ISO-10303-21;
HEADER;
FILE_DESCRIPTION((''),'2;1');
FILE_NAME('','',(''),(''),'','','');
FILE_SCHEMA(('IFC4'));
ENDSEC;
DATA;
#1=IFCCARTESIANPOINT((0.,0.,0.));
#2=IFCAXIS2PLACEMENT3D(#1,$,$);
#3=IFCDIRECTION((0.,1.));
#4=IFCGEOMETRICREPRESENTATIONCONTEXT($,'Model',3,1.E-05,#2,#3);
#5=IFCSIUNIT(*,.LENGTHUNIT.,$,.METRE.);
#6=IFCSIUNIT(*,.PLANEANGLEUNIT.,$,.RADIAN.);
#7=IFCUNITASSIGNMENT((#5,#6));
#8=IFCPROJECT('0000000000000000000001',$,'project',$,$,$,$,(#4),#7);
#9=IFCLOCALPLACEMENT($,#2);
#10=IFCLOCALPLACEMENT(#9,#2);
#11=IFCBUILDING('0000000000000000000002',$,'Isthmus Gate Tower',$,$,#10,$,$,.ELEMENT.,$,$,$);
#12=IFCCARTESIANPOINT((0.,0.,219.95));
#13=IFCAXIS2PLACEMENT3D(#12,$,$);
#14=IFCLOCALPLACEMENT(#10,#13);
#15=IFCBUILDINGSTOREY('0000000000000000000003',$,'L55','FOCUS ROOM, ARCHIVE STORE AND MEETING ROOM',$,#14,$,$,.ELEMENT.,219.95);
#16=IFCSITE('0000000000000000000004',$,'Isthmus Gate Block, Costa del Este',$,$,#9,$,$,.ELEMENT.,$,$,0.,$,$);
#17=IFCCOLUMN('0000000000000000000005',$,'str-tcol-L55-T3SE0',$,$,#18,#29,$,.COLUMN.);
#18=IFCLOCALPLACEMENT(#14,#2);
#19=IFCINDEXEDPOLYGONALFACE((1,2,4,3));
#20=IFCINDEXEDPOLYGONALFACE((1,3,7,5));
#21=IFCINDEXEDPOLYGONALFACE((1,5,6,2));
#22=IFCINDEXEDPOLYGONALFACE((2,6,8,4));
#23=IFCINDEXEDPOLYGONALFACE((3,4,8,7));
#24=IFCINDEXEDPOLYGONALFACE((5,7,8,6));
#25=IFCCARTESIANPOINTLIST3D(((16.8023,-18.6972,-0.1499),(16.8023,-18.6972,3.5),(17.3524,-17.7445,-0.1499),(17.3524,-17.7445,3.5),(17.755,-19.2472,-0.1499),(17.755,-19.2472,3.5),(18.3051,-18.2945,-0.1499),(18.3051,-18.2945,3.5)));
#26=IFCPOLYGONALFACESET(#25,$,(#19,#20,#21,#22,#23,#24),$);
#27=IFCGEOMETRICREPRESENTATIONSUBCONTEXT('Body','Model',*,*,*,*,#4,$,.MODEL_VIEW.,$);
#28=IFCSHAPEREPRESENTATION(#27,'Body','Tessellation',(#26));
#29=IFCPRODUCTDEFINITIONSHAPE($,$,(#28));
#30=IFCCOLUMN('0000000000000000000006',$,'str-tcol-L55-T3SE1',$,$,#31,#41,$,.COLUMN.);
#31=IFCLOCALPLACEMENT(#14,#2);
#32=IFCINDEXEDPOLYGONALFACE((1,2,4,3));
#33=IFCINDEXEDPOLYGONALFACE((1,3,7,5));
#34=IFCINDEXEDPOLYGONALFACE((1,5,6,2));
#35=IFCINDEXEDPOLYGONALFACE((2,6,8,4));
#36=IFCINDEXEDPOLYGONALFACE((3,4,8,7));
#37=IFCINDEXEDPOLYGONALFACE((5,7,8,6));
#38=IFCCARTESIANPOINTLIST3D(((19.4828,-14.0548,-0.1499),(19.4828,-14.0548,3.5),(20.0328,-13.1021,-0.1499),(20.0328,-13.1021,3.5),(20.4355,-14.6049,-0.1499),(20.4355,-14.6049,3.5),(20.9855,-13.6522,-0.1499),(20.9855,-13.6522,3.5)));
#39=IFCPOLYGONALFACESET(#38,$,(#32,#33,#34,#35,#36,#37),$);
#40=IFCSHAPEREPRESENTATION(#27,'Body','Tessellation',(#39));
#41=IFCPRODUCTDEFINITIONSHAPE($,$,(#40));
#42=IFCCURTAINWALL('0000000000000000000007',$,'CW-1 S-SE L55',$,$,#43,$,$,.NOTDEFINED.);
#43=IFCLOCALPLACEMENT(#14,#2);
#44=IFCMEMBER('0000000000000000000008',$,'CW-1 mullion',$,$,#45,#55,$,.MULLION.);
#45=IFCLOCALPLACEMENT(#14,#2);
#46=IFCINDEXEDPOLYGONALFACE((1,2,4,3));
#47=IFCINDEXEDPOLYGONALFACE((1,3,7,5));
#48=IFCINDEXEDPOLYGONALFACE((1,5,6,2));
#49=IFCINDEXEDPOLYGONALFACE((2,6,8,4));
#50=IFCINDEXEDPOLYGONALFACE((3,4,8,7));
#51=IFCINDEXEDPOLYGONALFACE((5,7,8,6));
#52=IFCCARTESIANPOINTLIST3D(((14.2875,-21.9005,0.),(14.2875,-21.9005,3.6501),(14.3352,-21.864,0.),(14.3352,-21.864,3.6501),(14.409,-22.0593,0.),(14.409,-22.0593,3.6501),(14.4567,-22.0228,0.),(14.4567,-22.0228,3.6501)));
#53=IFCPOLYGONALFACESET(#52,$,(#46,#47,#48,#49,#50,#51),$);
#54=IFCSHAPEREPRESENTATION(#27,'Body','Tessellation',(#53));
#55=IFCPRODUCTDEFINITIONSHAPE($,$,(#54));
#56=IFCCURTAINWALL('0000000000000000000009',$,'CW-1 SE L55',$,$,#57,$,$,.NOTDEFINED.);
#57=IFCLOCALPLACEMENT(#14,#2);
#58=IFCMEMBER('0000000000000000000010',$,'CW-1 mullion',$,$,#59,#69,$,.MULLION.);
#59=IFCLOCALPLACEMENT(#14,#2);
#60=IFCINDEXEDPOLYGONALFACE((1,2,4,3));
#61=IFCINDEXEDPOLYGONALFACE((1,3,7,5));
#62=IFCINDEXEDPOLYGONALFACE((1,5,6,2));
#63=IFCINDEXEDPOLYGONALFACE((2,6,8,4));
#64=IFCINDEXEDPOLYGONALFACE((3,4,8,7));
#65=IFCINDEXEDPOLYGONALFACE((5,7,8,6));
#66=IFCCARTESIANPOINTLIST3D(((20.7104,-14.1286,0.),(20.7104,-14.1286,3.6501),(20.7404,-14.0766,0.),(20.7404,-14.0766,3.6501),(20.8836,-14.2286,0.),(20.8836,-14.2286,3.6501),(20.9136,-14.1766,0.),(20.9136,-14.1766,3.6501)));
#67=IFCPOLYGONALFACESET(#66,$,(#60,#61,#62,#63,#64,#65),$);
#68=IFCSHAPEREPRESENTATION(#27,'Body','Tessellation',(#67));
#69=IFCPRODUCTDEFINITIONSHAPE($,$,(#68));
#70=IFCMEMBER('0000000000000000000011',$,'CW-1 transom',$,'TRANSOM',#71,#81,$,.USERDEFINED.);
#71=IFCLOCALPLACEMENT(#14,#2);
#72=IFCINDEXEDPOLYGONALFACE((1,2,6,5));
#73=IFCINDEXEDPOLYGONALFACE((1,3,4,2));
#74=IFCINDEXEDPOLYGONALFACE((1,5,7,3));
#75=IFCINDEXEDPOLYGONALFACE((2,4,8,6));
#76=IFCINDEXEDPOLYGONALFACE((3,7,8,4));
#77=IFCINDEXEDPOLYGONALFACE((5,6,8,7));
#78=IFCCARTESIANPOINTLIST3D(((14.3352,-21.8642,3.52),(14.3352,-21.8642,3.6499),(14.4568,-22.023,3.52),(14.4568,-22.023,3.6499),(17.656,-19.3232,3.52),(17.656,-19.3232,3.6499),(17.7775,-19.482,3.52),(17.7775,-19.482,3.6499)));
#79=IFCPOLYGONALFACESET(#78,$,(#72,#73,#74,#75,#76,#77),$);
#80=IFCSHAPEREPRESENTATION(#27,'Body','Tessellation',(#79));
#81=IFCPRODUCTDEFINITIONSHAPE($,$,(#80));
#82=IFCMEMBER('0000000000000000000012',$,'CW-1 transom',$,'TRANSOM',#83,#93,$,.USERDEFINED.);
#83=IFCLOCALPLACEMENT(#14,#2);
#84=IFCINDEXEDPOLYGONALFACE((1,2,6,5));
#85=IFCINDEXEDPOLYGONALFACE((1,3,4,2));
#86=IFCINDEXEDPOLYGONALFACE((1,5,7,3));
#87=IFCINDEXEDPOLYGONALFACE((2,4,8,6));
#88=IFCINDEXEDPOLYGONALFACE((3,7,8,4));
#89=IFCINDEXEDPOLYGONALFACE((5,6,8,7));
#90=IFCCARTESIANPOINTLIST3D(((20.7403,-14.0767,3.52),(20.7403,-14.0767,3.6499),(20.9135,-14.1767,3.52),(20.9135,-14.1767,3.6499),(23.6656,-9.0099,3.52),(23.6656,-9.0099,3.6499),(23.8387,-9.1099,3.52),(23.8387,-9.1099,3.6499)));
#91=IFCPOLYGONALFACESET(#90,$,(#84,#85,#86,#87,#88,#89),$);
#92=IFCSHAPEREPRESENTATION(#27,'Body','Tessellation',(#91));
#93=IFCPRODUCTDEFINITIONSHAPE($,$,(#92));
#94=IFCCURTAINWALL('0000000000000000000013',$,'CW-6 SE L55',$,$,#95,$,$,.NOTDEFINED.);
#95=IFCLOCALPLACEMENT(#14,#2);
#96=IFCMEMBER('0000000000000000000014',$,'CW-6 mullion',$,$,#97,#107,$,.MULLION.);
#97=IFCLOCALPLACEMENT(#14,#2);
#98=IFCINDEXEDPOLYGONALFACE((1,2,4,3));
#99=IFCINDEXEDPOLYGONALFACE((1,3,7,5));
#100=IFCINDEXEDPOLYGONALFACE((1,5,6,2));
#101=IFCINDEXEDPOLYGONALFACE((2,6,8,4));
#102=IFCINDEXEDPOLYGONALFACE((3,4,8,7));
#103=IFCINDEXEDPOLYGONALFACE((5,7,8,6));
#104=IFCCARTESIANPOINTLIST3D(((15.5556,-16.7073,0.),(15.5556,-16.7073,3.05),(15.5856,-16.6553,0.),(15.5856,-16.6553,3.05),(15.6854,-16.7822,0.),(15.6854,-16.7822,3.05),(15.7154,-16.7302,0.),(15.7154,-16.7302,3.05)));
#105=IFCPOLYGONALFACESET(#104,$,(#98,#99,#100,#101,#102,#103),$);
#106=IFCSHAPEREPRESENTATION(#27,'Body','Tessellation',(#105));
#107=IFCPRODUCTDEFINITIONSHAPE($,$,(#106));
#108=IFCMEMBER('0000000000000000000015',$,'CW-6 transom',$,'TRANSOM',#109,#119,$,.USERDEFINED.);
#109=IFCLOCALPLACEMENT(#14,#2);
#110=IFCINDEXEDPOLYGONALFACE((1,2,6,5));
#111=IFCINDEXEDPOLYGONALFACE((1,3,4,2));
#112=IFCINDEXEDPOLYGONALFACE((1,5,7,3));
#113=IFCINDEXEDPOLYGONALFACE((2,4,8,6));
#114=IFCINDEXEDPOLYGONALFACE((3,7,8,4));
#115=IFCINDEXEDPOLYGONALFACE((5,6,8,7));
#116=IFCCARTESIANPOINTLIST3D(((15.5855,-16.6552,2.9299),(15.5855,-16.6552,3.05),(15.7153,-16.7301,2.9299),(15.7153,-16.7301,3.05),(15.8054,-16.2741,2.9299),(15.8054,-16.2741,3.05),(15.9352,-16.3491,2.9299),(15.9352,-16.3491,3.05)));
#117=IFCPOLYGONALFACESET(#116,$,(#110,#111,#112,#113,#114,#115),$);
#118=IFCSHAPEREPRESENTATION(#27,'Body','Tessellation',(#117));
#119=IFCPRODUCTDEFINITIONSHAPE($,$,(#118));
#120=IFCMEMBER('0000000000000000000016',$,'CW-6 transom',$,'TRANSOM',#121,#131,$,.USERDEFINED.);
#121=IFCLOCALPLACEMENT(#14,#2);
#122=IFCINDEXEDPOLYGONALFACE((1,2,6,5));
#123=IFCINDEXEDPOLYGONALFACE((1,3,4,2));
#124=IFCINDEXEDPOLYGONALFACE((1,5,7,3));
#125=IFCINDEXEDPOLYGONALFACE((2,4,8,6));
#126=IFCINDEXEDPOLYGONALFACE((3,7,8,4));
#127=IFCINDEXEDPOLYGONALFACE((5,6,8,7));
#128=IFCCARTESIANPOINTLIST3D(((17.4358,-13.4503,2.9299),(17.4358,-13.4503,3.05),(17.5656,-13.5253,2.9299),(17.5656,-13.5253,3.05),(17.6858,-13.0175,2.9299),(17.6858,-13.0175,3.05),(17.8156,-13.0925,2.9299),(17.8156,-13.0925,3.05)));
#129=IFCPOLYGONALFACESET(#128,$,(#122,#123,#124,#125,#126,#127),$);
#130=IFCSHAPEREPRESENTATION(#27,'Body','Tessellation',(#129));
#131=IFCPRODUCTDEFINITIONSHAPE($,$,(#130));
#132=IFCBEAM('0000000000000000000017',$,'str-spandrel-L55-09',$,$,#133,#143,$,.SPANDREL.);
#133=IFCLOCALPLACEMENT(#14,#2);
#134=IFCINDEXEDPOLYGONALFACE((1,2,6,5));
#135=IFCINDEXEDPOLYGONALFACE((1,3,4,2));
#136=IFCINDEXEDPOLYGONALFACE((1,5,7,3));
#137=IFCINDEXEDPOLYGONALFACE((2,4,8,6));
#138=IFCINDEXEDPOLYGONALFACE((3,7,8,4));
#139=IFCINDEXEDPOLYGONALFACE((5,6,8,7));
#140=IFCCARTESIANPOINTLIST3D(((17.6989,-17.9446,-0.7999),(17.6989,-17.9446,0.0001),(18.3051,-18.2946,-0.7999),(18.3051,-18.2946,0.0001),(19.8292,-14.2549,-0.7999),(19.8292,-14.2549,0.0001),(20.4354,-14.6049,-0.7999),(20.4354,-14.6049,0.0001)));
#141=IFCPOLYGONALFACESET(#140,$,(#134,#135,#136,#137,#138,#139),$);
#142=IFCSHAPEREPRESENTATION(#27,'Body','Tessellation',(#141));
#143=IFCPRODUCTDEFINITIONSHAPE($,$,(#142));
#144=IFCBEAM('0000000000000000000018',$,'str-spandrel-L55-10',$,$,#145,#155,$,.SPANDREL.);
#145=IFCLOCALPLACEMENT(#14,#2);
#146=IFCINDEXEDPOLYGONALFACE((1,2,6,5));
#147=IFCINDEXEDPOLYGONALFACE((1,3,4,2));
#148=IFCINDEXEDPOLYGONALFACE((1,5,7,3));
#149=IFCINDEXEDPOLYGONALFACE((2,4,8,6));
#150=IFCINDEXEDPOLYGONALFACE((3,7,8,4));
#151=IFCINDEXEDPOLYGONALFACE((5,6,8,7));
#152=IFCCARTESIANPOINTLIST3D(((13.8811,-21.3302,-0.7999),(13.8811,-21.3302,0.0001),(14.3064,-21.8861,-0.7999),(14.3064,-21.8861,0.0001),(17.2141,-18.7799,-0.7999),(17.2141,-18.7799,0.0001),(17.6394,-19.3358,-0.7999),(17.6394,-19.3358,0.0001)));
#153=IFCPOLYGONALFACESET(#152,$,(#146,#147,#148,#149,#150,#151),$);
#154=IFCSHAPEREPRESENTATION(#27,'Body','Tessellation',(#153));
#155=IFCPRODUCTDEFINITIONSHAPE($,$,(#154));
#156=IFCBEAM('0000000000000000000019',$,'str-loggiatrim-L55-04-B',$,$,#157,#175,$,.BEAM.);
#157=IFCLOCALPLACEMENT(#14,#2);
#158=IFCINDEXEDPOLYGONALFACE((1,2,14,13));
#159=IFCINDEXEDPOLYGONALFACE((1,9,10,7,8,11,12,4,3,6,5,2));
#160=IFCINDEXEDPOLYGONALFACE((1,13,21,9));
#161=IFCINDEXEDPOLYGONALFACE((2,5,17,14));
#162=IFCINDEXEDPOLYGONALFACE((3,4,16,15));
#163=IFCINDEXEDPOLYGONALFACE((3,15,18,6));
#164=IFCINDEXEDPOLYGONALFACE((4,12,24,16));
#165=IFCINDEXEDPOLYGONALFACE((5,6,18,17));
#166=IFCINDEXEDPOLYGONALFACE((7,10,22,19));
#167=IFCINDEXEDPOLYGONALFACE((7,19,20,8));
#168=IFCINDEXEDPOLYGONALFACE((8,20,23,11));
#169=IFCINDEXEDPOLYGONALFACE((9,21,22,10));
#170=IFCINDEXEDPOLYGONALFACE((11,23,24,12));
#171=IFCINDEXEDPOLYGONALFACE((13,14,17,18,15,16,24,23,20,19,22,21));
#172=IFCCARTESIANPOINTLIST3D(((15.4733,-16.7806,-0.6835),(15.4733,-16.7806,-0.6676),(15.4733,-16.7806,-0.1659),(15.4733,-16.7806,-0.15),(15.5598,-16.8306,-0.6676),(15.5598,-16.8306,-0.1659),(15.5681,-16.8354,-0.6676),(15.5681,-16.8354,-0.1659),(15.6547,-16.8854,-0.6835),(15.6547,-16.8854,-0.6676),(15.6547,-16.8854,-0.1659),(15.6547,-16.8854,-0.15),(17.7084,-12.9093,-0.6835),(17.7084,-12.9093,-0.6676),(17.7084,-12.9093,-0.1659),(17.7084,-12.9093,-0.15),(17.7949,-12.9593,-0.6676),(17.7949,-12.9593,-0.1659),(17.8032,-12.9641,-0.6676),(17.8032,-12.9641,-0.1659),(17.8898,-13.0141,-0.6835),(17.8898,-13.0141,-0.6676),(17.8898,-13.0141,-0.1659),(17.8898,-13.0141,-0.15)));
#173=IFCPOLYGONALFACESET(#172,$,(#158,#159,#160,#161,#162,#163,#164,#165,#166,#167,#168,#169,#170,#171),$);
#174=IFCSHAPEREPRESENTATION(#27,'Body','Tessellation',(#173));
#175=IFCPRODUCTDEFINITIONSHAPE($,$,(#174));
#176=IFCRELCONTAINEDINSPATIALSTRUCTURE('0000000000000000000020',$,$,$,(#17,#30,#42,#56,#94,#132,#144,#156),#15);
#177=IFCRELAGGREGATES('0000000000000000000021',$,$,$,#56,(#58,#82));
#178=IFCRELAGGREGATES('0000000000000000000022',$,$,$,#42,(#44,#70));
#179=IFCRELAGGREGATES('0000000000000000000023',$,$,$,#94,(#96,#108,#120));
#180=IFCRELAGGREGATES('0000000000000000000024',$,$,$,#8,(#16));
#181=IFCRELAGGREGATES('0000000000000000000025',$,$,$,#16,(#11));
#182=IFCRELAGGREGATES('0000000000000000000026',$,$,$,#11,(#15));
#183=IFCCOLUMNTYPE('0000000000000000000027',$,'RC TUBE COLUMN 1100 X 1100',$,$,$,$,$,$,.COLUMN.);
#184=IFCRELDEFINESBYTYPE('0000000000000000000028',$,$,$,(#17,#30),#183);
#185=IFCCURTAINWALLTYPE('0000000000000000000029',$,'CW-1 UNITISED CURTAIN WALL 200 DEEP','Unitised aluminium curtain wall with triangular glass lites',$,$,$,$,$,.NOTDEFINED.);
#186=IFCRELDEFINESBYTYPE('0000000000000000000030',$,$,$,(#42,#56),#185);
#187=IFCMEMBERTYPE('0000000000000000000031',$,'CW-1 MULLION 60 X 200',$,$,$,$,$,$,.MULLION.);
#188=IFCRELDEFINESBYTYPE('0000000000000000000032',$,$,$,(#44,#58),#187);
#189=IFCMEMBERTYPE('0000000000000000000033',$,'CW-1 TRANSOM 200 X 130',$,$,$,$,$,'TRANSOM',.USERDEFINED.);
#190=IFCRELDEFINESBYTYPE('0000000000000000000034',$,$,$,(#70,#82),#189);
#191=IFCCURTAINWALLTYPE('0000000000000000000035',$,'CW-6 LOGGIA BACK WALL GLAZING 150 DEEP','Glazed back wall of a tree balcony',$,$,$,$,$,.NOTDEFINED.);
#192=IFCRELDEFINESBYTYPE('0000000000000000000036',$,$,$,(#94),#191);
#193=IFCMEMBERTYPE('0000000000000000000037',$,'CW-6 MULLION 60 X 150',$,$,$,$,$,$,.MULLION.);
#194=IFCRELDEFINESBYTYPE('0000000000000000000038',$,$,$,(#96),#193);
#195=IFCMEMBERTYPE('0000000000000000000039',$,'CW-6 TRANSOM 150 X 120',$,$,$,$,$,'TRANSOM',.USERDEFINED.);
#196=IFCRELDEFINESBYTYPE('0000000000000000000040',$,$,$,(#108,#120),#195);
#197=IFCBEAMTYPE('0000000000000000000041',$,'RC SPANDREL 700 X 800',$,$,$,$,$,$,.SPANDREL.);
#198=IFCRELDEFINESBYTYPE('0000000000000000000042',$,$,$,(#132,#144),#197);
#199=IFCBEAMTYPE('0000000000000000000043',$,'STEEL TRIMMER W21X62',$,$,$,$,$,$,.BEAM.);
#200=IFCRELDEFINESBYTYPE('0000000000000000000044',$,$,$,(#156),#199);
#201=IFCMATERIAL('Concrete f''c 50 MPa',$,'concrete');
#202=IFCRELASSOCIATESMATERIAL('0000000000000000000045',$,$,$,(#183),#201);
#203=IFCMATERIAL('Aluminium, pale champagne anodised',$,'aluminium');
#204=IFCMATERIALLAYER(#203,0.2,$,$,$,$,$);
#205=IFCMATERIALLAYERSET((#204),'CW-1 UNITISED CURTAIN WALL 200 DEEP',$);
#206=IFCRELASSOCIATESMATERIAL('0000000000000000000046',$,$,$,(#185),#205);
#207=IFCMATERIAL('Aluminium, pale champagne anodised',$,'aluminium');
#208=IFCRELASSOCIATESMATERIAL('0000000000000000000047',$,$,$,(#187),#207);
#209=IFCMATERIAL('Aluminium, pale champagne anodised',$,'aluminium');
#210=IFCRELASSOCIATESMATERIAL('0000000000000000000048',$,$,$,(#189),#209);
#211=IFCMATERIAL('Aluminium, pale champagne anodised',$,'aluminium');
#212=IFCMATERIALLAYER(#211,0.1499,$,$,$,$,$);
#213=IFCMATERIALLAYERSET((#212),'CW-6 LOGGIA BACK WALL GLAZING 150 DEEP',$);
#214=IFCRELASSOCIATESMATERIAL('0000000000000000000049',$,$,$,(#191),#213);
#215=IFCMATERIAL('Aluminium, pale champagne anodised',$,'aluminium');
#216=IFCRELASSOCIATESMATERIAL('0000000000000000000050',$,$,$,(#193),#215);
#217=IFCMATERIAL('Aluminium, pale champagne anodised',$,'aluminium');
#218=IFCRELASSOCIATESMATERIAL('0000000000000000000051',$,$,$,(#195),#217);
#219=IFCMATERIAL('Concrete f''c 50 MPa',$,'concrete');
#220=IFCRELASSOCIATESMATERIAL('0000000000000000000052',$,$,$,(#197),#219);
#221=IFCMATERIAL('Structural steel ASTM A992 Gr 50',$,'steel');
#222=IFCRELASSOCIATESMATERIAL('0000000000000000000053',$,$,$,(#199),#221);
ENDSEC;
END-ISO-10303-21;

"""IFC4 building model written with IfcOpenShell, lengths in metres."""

from ifc_helpers import new_model, si_unit, direction, frame, origin, origin_2d, place, context, subcontext, project, spatial, rectangle, i_section, extrude, material, layer, layer_set, material_profile, profile_set, type_object, element, aggregate, save


model = new_model("IFC4")

# Units and contexts
model_context = context("Model", 3, precision=1e-05, world=origin(), true_north=direction((0.0, 1.0)))
body_context = subcontext(model_context, "Body", "Model", "MODEL_VIEW")
ifc_project = project(units=[si_unit("LENGTHUNIT", "METRE"), si_unit("PLANEANGLEUNIT", "RADIAN")], contexts=[model_context])

# Site, building, storey
site_placement = place(None, origin())
site = spatial("IfcSite", under=ifc_project, at=site_placement, Name="Isthmus Gate Block, Costa del Este", CompositionType="ELEMENT", RefElevation=0.0)
building_placement = place(site_placement, origin())
building = spatial("IfcBuilding", under=site, at=building_placement, Name="Isthmus Gate Tower", CompositionType="ELEMENT")
storey_placement = place(building_placement, frame((0.0, 0.0, 219.95)))
storey = spatial("IfcBuildingStorey", under=building, at=storey_placement, Name="L55", Description="FOCUS ROOM, ARCHIVE STORE AND MEETING ROOM", CompositionType="ELEMENT", Elevation=219.95)

# Columns
ifc_material_1 = material(Name="Concrete f'c 50 MPa", Category="concrete")
ifc_material_profile_1 = material_profile(ifc_material_1, rectangle(XDim=1.1001, YDim=1.1001, at=origin_2d()), Name="RC 1100X1100")
ifc_profile_set_1 = profile_set([ifc_material_profile_1], Name="Concrete f'c 50 MPa")
column_type = type_object("IfcColumnType", Name="RC TUBE COLUMN 1100 X 1100", PredefinedType="COLUMN", material=ifc_profile_set_1)
for number, where, z_axis, x_axis, name in (
    (1, (17.5537, -18.4958, -0.1499), (0.0, 0.0, 1.0), (0.5, 0.866025, 0.0), "str-tcol-L55-T3SE0"),
    (2, (20.2341, -13.8535, -0.1499), (0.0, 0.0, 1.0), (0.5, 0.866025, 0.0), "str-tcol-L55-T3SE1"),
):
    element("IfcColumn", number, at=place(storey_placement, frame(where, z_axis=z_axis, x_axis=x_axis)), inside=storey, type_object=column_type, Name=name, PredefinedType="COLUMN", context=body_context, shape_type="SweptSolid", body=[
        extrude(rectangle(XDim=1.1001, YDim=1.1001, at=origin_2d()), origin(), (0.0, 0.0, 1.0), 3.6499),
    ])

# Curtain walls, members
ifc_material_2 = material(Name="Aluminium, pale champagne anodised", Category="aluminium")
ifc_layer_1 = layer(ifc_material_2, 0.2)
ifc_layer_set_1 = layer_set([ifc_layer_1], Name="CW-1 UNITISED CURTAIN WALL 200 DEEP")
curtain_wall_type_1 = type_object("IfcCurtainWallType", Name="CW-1 UNITISED CURTAIN WALL 200 DEEP", Description="Unitised aluminium curtain wall with triangular glass lites", PredefinedType="NOTDEFINED", material=ifc_layer_set_1)
curtain_wall_1_placement = place(storey_placement, origin())
curtain_wall_1 = element("IfcCurtainWall", 3, at=curtain_wall_1_placement, inside=storey, type_object=curtain_wall_type_1, Name="CW-1 S-SE L55", PredefinedType="NOTDEFINED")
ifc_material_3 = material(Name="Aluminium, pale champagne anodised", Category="aluminium")
ifc_material_profile_2 = material_profile(ifc_material_3, rectangle(XDim=0.0601, YDim=0.2, at=origin_2d()), Name="60x200")
ifc_profile_set_2 = profile_set([ifc_material_profile_2], Name="Aluminium, pale champagne anodised")
member_type_1 = type_object("IfcMemberType", Name="CW-1 MULLION 60 X 200", PredefinedType="MULLION", material=ifc_profile_set_2)
member_1_placement = place(storey_placement, frame((14.3721, -21.9617, 0.0), z_axis=(0.0, 0.0, 1.0), x_axis=(0.794189, 0.607671, 0.0)))
member_1 = element("IfcMember", 4, at=member_1_placement, type_object=member_type_1, Name="CW-1 mullion", PredefinedType="MULLION", context=body_context, shape_type="SweptSolid", body=[
    extrude(rectangle(XDim=0.0601, YDim=0.2, at=origin_2d()), origin(), (0.0, 0.0, 1.0), 3.6501),
])
curtain_wall_2_placement = place(storey_placement, origin())
curtain_wall_2 = element("IfcCurtainWall", 5, at=curtain_wall_2_placement, inside=storey, type_object=curtain_wall_type_1, Name="CW-1 SE L55", PredefinedType="NOTDEFINED")
member_2_placement = place(storey_placement, frame((20.812, -14.1526, 0.0), z_axis=(0.0, 0.0, 1.0), x_axis=(0.5, 0.866025, 0.0)))
member_2 = element("IfcMember", 6, at=member_2_placement, type_object=member_type_1, Name="CW-1 mullion", PredefinedType="MULLION", context=body_context, shape_type="SweptSolid", body=[
    extrude(rectangle(XDim=0.0601, YDim=0.2, at=origin_2d()), origin(), (0.0, 0.0, 1.0), 3.6501),
])

# Members
ifc_material_4 = material(Name="Aluminium, pale champagne anodised", Category="aluminium")
ifc_material_profile_3 = material_profile(ifc_material_4, rectangle(XDim=0.2, YDim=0.1299, at=origin_2d()), Name="200x130")
ifc_profile_set_3 = profile_set([ifc_material_profile_3], Name="Aluminium, pale champagne anodised")
member_type_2 = type_object("IfcMemberType", Name="CW-1 TRANSOM 200 X 130", ElementType="TRANSOM", PredefinedType="USERDEFINED", material=ifc_profile_set_3)
member_3_placement = place(storey_placement, frame((14.396, -21.9436, 3.585), z_axis=(0.794175, 0.607688, 0.0), x_axis=(-0.607688, 0.794175, 0.0)))
member_3 = element("IfcMember", 7, at=member_3_placement, type_object=member_type_2, Name="CW-1 transom", ObjectType="TRANSOM", PredefinedType="USERDEFINED", context=body_context, shape_type="SweptSolid", body=[
    extrude(rectangle(XDim=0.2, YDim=0.1299, at=origin_2d()), origin(), (0.0, 0.0, 1.0), 4.1814),
])
member_4_placement = place(storey_placement, frame((20.8269, -14.1267, 3.585), z_axis=(0.49999, 0.866031, 0.0), x_axis=(-0.866031, 0.49999, 0.0)))
member_4 = element("IfcMember", 8, at=member_4_placement, type_object=member_type_2, Name="CW-1 transom", ObjectType="TRANSOM", PredefinedType="USERDEFINED", context=body_context, shape_type="SweptSolid", body=[
    extrude(rectangle(XDim=0.2, YDim=0.1299, at=origin_2d()), origin(), (0.0, 0.0, 1.0), 5.8506),
])
aggregate(curtain_wall_2, [member_2, member_4])

# Curtain wall, members
ifc_material_5 = material(Name="Aluminium, pale champagne anodised", Category="aluminium")
ifc_layer_2 = layer(ifc_material_5, 0.1499)
ifc_layer_set_2 = layer_set([ifc_layer_2], Name="CW-6 LOGGIA BACK WALL GLAZING 150 DEEP")
curtain_wall_type_2 = type_object("IfcCurtainWallType", Name="CW-6 LOGGIA BACK WALL GLAZING 150 DEEP", Description="Glazed back wall of a tree balcony", PredefinedType="NOTDEFINED", material=ifc_layer_set_2)
curtain_wall_3_placement = place(storey_placement, origin())
curtain_wall_3 = element("IfcCurtainWall", 9, at=curtain_wall_3_placement, inside=storey, type_object=curtain_wall_type_2, Name="CW-6 SE L55", PredefinedType="NOTDEFINED")
ifc_material_6 = material(Name="Aluminium, pale champagne anodised", Category="aluminium")
ifc_material_profile_4 = material_profile(ifc_material_6, rectangle(XDim=0.0601, YDim=0.1499, at=origin_2d()), Name="60x150")
ifc_profile_set_4 = profile_set([ifc_material_profile_4], Name="Aluminium, pale champagne anodised")
member_type_3 = type_object("IfcMemberType", Name="CW-6 MULLION 60 X 150", PredefinedType="MULLION", material=ifc_profile_set_4)
member_5_placement = place(storey_placement, frame((15.6355, -16.7188, 0.0), z_axis=(0.0, 0.0, 1.0), x_axis=(0.5, 0.866025, 0.0)))
member_5 = element("IfcMember", 10, at=member_5_placement, type_object=member_type_3, Name="CW-6 mullion", PredefinedType="MULLION", context=body_context, shape_type="SweptSolid", body=[
    extrude(rectangle(XDim=0.0601, YDim=0.1499, at=origin_2d()), origin(), (0.0, 0.0, 1.0), 3.05),
])
ifc_material_7 = material(Name="Aluminium, pale champagne anodised", Category="aluminium")
ifc_material_profile_5 = material_profile(ifc_material_7, rectangle(XDim=0.1499, YDim=0.1201, at=origin_2d()), Name="150x120")
ifc_profile_set_5 = profile_set([ifc_material_profile_5], Name="Aluminium, pale champagne anodised")
member_type_4 = type_object("IfcMemberType", Name="CW-6 TRANSOM 150 X 120", ElementType="TRANSOM", PredefinedType="USERDEFINED", material=ifc_profile_set_5)
member_6_placement = place(storey_placement, frame((15.6504, -16.6926, 2.99), z_axis=(0.499899, 0.866084, 0.0), x_axis=(-0.866084, 0.499899, 0.0)))
member_6 = element("IfcMember", 11, at=member_6_placement, type_object=member_type_4, Name="CW-6 transom", ObjectType="TRANSOM", PredefinedType="USERDEFINED", context=body_context, shape_type="SweptSolid", body=[
    extrude(rectangle(XDim=0.1499, YDim=0.1201, at=origin_2d()), origin(), (0.0, 0.0, 1.0), 0.4399),
])
member_7_placement = place(storey_placement, frame((17.5007, -13.4878, 2.99), z_axis=(0.500131, 0.86595, 0.0), x_axis=(-0.86595, 0.500131, 0.0)))
member_7 = element("IfcMember", 12, at=member_7_placement, type_object=member_type_4, Name="CW-6 transom", ObjectType="TRANSOM", PredefinedType="USERDEFINED", context=body_context, shape_type="SweptSolid", body=[
    extrude(rectangle(XDim=0.1499, YDim=0.1201, at=origin_2d()), origin(), (0.0, 0.0, 1.0), 0.4998),
])

# Beams
ifc_material_8 = material(Name="Concrete f'c 50 MPa", Category="concrete")
ifc_material_profile_6 = material_profile(ifc_material_8, rectangle(XDim=0.7, YDim=0.8, at=origin_2d()), Name="RC 700X800")
ifc_profile_set_6 = profile_set([ifc_material_profile_6], Name="Concrete f'c 50 MPa")
beam_type_1 = type_object("IfcBeamType", Name="RC SPANDREL 700 X 800", PredefinedType="SPANDREL", material=ifc_profile_set_6)
beam_1_placement = place(storey_placement, frame((20.1323, -14.4299, -0.3999), z_axis=(-0.500022, -0.866013, 0.0), x_axis=(0.866013, -0.500022, 0.0)))
element("IfcBeam", 13, at=beam_1_placement, inside=storey, type_object=beam_type_1, Name="str-spandrel-L55-09", PredefinedType="SPANDREL", context=body_context, shape_type="SweptSolid", body=[
    extrude(rectangle(XDim=0.7, YDim=0.8, at=origin_2d()), origin(), (0.0, 0.0, 1.0), 4.2605),
])
beam_2_placement = place(storey_placement, frame((17.4268, -19.0579, -0.3999), z_axis=(-0.794183, -0.607679, 0.0), x_axis=(0.607679, -0.794183, 0.0)))
element("IfcBeam", 14, at=beam_2_placement, inside=storey, type_object=beam_type_1, Name="str-spandrel-L55-10", PredefinedType="SPANDREL", context=body_context, shape_type="SweptSolid", body=[
    extrude(rectangle(XDim=0.7, YDim=0.8, at=origin_2d()), origin(), (0.0, 0.0, 1.0), 4.1968),
])
ifc_material_9 = material(Name="Structural steel ASTM A992 Gr 50", Category="steel")
ifc_material_profile_7 = material_profile(ifc_material_9, i_section(OverallWidth=0.2095, OverallDepth=0.5334, WebThickness=0.0095, FlangeThickness=0.0159, at=origin_2d()), Name="W21X62")
ifc_profile_set_7 = profile_set([ifc_material_profile_7], Name="Structural steel ASTM A992 Gr 50")
beam_type_2 = type_object("IfcBeamType", Name="STEEL TRIMMER W21X62", PredefinedType="BEAM", material=ifc_profile_set_7)
beam_3_placement = place(storey_placement, frame((15.564, -16.833, -0.4167), z_axis=(0.499998, 0.866026, 0.0), x_axis=(-0.866026, 0.499998, 0.0)))
element("IfcBeam", 15, at=beam_3_placement, inside=storey, type_object=beam_type_2, Name="str-loggiatrim-L55-04-B", PredefinedType="BEAM", context=body_context, shape_type="SweptSolid", body=[
    extrude(i_section(OverallWidth=0.2095, OverallDepth=0.5334, WebThickness=0.0095, FlangeThickness=0.0159, at=origin_2d()), origin(), (0.0, 0.0, 1.0), 4.4702),
])

aggregate(curtain_wall_1, [member_1, member_3])
aggregate(curtain_wall_3, [member_5, member_6, member_7])

save(model, "model.ifc")
